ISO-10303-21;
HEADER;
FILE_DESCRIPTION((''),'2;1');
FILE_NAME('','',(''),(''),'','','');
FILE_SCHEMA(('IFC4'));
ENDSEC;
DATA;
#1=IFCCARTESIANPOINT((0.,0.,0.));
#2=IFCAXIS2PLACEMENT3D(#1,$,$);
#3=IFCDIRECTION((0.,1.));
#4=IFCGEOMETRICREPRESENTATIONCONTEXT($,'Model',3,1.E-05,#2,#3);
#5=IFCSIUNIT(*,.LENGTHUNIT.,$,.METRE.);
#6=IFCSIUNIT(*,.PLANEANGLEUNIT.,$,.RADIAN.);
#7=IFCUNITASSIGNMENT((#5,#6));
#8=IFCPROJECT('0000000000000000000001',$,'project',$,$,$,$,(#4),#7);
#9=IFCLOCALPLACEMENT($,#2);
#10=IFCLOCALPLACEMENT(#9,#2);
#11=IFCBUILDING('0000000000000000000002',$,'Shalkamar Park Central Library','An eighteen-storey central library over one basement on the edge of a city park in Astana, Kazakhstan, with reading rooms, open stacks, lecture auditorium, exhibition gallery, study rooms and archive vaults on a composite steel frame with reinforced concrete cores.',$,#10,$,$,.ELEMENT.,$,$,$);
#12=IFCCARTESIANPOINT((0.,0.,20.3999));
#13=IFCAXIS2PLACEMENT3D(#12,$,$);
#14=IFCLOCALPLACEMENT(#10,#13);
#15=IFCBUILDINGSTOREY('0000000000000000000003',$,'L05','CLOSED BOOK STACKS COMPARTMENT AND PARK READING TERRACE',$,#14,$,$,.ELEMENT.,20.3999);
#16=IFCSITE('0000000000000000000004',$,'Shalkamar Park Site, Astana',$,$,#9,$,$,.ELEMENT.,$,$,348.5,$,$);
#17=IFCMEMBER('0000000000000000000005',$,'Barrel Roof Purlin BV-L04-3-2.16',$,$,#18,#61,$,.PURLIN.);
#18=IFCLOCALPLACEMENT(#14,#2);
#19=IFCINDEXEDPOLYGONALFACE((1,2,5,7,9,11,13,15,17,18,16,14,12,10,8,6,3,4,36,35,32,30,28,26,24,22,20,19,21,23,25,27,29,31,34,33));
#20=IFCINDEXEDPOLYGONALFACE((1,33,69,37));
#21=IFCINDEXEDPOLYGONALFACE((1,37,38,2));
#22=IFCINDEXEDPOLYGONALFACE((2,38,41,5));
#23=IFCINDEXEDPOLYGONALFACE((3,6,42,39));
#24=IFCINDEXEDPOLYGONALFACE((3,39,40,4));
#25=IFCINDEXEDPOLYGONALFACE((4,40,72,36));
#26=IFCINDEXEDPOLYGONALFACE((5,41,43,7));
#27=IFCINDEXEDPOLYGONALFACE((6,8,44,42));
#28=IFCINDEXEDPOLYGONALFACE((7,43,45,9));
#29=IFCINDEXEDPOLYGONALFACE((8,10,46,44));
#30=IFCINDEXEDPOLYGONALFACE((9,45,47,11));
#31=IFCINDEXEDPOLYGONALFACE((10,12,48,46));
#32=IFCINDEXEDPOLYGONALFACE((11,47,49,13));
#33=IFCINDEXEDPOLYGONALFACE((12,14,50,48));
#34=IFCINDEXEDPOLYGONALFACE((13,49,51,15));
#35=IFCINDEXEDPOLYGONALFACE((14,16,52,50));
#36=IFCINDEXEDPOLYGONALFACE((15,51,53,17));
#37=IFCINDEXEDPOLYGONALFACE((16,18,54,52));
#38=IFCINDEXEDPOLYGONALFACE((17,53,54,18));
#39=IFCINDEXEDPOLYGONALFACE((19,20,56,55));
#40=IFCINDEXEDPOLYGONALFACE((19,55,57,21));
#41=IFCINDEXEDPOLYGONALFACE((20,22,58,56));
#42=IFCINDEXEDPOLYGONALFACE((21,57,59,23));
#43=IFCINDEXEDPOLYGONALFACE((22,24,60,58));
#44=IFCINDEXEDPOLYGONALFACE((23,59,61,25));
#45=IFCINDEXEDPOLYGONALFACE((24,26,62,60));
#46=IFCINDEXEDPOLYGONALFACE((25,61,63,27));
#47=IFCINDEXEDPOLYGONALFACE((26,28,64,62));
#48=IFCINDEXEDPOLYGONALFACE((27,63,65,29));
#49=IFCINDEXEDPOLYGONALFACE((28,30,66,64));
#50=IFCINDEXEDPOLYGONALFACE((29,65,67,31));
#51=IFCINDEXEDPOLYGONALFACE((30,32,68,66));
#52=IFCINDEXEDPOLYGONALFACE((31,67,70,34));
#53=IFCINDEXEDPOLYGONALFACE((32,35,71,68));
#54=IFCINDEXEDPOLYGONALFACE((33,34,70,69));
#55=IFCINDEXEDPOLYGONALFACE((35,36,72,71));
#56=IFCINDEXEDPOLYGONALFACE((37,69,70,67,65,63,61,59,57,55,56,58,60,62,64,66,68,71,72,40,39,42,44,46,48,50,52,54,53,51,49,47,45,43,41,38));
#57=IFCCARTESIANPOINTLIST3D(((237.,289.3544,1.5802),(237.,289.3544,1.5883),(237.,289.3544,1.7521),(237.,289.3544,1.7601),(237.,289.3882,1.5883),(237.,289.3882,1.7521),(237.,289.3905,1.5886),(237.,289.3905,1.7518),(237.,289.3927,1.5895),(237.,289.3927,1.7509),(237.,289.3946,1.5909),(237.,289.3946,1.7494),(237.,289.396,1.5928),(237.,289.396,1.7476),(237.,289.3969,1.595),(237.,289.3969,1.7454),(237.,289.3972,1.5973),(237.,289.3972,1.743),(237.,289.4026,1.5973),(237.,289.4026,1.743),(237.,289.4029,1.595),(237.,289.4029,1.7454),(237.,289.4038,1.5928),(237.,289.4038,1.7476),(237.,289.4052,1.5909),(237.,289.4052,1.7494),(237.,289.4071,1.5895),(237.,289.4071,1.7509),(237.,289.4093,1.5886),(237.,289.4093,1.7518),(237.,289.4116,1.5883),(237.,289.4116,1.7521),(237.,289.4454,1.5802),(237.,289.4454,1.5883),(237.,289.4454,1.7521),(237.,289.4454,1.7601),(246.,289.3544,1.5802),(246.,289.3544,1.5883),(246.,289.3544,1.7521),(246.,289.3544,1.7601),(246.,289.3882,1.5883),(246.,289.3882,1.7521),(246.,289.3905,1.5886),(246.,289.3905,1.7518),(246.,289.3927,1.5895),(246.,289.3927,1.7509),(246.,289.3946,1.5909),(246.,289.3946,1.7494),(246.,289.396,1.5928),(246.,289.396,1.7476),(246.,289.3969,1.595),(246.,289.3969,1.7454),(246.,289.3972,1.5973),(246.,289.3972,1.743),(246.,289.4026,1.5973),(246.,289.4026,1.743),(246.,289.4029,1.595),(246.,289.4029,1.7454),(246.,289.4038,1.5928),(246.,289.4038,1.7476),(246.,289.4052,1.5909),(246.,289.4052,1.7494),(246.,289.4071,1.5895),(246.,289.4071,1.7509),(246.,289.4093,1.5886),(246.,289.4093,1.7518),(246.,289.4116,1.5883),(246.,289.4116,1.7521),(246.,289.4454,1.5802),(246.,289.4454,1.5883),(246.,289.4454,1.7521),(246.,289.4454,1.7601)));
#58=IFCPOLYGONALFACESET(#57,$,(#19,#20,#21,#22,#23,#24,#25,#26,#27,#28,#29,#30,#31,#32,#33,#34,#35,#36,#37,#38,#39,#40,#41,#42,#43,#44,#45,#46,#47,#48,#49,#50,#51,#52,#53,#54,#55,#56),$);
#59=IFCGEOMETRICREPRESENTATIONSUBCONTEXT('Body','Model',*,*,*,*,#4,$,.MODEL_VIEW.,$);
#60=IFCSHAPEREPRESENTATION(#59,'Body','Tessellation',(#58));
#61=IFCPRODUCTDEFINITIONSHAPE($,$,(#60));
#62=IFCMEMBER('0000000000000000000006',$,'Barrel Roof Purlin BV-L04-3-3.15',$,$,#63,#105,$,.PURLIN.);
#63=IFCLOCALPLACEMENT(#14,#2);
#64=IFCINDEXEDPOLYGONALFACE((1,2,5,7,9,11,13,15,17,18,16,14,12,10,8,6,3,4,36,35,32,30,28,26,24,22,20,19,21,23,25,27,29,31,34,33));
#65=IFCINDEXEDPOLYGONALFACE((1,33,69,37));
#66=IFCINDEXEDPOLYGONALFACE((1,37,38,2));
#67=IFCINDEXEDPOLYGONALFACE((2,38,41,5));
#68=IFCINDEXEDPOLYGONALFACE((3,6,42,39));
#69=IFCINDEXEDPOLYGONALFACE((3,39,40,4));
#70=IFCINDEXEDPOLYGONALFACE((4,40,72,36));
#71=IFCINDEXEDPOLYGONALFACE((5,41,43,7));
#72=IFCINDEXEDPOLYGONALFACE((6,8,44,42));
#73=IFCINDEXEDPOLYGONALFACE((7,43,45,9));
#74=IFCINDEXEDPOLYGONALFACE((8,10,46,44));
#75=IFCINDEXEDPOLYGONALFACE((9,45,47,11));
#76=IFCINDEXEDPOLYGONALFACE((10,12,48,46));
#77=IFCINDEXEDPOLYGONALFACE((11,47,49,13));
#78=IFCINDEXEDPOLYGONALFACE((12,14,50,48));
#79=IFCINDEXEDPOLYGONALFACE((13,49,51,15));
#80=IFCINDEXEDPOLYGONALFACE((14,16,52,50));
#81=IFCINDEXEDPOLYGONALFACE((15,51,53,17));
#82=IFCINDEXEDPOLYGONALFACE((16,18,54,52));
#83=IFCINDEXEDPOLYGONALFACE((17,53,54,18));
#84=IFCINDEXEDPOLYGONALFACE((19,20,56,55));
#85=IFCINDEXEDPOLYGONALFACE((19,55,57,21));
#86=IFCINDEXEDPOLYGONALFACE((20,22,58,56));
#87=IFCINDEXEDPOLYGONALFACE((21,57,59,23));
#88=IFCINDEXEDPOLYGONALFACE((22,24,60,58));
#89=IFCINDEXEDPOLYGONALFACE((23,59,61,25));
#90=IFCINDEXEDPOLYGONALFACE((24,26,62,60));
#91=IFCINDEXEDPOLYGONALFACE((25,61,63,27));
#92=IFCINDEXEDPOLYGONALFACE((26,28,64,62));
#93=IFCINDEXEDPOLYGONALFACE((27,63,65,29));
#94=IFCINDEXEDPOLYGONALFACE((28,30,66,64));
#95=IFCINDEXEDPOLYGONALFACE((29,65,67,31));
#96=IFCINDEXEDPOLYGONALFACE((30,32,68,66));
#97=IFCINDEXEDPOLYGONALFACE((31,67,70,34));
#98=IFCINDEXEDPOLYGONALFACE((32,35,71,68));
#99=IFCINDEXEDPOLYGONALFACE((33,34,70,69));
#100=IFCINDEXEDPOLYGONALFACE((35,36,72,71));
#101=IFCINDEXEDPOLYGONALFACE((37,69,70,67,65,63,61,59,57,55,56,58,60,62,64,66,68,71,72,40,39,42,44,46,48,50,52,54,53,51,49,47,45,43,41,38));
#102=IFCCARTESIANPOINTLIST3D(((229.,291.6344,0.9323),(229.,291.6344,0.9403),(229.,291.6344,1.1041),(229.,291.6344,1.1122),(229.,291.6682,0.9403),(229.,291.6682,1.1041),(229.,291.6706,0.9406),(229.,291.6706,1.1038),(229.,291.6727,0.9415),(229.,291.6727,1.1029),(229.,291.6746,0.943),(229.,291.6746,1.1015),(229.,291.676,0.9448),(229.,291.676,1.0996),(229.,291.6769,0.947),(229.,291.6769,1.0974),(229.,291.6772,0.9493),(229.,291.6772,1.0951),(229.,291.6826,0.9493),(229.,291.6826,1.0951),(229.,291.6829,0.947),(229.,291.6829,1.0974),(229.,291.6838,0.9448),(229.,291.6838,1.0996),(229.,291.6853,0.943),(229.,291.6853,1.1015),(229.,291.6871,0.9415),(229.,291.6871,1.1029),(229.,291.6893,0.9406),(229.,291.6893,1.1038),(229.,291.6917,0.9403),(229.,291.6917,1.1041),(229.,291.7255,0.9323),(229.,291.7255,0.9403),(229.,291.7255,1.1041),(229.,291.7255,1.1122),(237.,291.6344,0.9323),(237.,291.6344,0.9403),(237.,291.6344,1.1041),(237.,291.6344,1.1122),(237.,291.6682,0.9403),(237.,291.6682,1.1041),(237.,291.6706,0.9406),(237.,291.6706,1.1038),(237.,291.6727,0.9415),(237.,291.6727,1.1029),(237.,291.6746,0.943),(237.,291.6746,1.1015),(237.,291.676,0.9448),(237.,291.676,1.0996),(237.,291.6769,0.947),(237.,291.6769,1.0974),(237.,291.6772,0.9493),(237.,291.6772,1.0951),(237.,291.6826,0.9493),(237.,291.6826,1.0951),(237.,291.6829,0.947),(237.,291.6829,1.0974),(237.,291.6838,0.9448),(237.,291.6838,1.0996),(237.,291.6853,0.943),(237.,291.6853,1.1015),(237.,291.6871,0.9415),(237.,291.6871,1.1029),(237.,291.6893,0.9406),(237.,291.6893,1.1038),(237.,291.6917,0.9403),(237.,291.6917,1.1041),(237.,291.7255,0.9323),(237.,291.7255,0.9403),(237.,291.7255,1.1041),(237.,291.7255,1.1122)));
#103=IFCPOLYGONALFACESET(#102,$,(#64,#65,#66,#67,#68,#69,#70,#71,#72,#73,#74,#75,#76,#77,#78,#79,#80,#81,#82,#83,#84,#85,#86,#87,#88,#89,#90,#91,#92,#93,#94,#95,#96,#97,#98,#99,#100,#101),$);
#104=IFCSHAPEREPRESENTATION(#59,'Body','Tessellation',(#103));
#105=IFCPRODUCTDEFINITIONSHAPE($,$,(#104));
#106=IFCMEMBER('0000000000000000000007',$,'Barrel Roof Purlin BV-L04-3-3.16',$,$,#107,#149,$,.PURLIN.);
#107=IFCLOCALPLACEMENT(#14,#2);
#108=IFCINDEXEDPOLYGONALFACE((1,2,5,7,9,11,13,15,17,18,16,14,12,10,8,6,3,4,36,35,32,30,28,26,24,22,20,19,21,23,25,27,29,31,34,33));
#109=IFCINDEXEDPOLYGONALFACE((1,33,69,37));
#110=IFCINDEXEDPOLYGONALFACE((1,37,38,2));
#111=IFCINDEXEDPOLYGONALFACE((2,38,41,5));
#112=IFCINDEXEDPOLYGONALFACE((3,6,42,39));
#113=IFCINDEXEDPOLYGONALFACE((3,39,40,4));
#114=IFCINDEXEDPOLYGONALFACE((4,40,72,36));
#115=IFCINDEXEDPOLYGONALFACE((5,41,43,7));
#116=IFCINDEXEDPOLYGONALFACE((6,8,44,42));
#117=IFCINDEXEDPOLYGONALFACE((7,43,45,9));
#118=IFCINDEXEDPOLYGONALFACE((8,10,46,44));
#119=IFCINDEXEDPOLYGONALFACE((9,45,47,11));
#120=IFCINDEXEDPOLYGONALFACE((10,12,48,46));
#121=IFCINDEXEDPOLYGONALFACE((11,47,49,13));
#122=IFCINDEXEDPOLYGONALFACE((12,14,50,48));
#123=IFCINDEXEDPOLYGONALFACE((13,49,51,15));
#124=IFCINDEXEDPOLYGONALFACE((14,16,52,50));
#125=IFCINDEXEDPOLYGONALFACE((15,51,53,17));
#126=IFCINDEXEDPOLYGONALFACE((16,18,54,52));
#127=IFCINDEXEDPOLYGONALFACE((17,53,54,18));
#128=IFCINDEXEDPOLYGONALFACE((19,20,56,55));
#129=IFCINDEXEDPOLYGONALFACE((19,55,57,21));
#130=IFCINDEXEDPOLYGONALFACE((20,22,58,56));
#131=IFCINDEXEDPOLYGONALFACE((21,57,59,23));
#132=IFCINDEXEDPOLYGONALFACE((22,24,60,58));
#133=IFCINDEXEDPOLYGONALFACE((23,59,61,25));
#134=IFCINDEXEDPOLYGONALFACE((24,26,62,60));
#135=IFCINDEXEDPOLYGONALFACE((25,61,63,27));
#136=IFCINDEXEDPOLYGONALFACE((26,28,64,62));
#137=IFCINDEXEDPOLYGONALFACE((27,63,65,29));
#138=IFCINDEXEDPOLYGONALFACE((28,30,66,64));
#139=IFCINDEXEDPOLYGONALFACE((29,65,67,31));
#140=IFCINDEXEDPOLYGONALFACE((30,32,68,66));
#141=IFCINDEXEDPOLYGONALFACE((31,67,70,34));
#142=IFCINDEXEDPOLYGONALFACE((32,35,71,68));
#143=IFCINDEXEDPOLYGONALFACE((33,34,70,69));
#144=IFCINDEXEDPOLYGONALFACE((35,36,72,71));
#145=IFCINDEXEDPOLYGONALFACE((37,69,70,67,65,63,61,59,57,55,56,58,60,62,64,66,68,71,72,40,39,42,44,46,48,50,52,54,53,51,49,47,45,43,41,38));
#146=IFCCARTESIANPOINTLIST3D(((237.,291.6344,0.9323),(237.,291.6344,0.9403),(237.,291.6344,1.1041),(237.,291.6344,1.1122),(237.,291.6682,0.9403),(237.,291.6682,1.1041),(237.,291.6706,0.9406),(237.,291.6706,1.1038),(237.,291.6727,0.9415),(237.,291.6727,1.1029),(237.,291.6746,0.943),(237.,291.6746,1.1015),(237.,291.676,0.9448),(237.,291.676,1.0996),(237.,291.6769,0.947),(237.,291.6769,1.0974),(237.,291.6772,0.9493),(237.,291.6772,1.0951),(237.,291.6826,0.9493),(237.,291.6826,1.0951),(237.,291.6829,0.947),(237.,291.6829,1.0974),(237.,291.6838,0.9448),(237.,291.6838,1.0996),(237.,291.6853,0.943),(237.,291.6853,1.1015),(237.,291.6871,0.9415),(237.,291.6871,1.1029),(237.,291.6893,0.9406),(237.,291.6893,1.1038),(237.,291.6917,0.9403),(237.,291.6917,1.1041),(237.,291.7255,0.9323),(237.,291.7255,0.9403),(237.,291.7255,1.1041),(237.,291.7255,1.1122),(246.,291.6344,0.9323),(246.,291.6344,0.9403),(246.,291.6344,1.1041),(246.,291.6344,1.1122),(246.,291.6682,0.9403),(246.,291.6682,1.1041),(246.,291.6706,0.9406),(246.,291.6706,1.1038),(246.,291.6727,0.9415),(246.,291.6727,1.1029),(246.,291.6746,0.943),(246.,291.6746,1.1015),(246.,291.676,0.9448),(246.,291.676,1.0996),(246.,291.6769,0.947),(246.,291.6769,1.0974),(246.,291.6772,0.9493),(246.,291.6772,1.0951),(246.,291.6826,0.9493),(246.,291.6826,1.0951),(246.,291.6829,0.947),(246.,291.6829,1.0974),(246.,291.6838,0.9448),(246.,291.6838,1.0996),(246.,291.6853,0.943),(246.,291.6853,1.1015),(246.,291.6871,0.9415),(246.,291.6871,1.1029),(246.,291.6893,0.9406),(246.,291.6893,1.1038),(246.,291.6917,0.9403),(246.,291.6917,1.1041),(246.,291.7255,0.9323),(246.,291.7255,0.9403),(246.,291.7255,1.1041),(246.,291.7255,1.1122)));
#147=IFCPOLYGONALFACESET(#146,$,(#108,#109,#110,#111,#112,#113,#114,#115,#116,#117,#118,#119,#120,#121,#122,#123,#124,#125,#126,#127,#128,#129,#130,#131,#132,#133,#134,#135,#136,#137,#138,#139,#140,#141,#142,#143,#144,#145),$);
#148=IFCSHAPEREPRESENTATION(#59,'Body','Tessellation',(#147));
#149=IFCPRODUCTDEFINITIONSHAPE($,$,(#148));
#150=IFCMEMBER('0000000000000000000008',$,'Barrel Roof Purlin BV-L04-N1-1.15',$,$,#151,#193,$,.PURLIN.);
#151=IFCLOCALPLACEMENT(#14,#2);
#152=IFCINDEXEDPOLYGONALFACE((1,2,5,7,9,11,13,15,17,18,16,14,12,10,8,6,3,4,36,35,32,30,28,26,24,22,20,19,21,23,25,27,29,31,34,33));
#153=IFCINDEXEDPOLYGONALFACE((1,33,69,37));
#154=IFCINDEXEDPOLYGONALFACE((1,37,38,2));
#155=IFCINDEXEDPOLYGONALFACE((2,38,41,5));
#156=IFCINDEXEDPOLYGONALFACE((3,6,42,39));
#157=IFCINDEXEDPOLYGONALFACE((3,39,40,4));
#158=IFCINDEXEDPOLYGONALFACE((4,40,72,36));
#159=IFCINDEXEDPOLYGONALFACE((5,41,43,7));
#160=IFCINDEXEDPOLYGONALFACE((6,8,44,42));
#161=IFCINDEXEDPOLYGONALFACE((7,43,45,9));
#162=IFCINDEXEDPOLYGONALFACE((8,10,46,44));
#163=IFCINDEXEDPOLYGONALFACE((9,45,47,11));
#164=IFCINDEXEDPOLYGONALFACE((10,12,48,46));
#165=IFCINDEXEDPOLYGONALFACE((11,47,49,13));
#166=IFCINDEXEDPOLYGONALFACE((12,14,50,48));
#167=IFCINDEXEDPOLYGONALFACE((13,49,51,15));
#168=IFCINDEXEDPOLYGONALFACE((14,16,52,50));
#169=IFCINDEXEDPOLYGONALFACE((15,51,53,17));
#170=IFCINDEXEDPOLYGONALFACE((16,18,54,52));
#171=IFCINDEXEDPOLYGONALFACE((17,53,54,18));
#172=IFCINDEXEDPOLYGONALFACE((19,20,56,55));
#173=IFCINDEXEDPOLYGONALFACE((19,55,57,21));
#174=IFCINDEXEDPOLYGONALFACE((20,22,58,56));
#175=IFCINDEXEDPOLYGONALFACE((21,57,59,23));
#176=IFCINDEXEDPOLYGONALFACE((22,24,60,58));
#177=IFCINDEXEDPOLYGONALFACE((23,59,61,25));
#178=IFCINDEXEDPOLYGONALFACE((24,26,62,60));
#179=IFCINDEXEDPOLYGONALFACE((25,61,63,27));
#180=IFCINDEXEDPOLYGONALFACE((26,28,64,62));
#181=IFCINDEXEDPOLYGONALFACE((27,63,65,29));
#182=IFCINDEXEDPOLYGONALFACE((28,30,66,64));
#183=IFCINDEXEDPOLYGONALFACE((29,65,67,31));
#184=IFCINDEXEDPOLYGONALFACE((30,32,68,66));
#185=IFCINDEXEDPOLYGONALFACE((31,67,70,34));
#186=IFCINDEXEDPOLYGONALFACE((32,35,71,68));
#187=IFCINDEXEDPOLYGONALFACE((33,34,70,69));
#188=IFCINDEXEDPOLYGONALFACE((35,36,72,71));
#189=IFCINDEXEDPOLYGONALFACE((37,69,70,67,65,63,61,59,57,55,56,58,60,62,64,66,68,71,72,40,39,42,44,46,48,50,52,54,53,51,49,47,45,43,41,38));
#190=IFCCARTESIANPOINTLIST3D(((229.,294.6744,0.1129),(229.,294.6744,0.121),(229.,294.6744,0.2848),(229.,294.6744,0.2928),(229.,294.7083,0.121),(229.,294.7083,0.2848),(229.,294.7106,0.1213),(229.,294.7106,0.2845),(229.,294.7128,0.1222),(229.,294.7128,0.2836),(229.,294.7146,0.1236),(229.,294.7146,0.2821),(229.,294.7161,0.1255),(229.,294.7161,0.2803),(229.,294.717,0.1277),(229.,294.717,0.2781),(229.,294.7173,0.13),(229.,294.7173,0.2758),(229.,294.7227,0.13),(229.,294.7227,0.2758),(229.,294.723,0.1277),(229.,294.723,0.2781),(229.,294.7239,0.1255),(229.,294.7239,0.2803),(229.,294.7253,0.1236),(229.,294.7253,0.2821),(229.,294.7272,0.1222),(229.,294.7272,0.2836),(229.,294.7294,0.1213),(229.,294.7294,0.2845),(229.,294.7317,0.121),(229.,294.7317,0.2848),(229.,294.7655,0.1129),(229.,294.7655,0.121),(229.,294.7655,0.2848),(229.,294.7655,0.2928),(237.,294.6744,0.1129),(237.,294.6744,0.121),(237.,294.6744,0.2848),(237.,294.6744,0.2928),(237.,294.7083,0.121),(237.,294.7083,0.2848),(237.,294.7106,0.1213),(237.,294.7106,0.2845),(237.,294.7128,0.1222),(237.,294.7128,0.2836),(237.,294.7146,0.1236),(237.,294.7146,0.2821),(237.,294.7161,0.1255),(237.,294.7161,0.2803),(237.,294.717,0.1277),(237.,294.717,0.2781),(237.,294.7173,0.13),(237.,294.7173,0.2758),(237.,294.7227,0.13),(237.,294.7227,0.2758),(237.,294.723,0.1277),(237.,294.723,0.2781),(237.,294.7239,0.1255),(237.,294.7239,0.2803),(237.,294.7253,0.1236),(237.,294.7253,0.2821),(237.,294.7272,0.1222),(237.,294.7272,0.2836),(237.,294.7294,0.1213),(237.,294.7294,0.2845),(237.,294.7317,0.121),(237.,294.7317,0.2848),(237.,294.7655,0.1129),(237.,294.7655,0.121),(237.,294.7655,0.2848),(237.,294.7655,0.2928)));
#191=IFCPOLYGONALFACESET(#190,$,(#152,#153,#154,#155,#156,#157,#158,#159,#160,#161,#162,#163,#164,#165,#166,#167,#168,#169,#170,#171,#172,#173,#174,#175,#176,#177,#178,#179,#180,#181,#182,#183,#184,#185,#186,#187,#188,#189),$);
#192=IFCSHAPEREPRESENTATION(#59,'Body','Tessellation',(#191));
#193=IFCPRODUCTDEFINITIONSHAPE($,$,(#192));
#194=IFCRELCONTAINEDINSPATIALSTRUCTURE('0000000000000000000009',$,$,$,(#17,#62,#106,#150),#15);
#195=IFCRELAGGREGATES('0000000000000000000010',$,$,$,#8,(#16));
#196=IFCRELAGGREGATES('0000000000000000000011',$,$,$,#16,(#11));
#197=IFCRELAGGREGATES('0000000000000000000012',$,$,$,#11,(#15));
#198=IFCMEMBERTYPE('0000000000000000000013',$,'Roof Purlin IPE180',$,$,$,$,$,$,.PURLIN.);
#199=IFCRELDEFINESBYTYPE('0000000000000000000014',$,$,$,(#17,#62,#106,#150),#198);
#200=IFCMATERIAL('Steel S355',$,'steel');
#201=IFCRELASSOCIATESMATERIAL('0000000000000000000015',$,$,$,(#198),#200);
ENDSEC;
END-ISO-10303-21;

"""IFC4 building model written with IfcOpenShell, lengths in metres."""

from ifc_helpers import new_model, si_unit, direction, frame, origin, origin_2d, place, context, subcontext, project, spatial, i_section, extrude, material, material_profile, profile_set, type_object, element, save


model = new_model("IFC4")

# Units and contexts
model_context = context("Model", 3, precision=1e-05, world=origin(), true_north=direction((0.0, 1.0)))
body_context = subcontext(model_context, "Body", "Model", "MODEL_VIEW")
ifc_project = project(units=[si_unit("LENGTHUNIT", "METRE"), si_unit("PLANEANGLEUNIT", "RADIAN")], contexts=[model_context])

# Site, building, storey
site_placement = place(None, origin())
site = spatial("IfcSite", under=ifc_project, at=site_placement, Name="Shalkamar Park Site, Astana", CompositionType="ELEMENT", RefElevation=348.5)
building_placement = place(site_placement, origin())
building = spatial("IfcBuilding", under=site, at=building_placement, Name="Shalkamar Park Central Library", Description="An eighteen-storey central library over one basement on the edge of a city park in Astana, Kazakhstan, with reading rooms, open stacks, lecture auditorium, exhibition gallery, study rooms and archive vaults on a composite steel frame with reinforced concrete cores.", CompositionType="ELEMENT")
storey_placement = place(building_placement, frame((0.0, 0.0, 20.3999)))
storey = spatial("IfcBuildingStorey", under=building, at=storey_placement, Name="L05", Description="CLOSED BOOK STACKS COMPARTMENT AND PARK READING TERRACE", CompositionType="ELEMENT", Elevation=20.3999)

# Members
ifc_material = material(Name="Steel S355", Category="steel")
ifc_material_profile_1 = material_profile(ifc_material, i_section(OverallWidth=0.0911, OverallDepth=0.1799, WebThickness=0.0054, FlangeThickness=0.0081, FilletRadius=0.009, at=origin_2d()), Name="IPE 180")
ifc_profile_set_1 = profile_set([ifc_material_profile_1], Name="Steel S355")
member_type_1 = type_object("IfcMemberType", Name="Roof Purlin IPE180", PredefinedType="PURLIN", material=ifc_profile_set_1)
for number, where, z_axis, x_axis, name in (
    (1, (237.0, 289.3999, 1.6702), (1.0, 0.0, 0.0), (0.0, 1.0, 0.0), "Barrel Roof Purlin BV-L04-3-2.16"),
):
    element("IfcMember", number, at=place(storey_placement, frame(where, z_axis=z_axis, x_axis=x_axis)), inside=storey, type_object=member_type_1, Name=name, PredefinedType="PURLIN", context=body_context, shape_type="SweptSolid", body=[
        extrude(i_section(OverallWidth=0.0911, OverallDepth=0.1799, WebThickness=0.0054, FlangeThickness=0.0081, FilletRadius=0.009, at=origin_2d()), origin(), (0.0, 0.0, 1.0), 9.0),
    ])
member_1_placement = place(storey_placement, frame((229.0, 291.6799, 1.0222), z_axis=(1.0, 0.0, 0.0), x_axis=(0.0, 1.0, 0.0)))
element("IfcMember", 2, at=member_1_placement, inside=storey, type_object=member_type_1, Name="Barrel Roof Purlin BV-L04-3-3.15", PredefinedType="PURLIN", context=body_context, shape_type="SweptSolid", body=[
    extrude(i_section(OverallWidth=0.0911, OverallDepth=0.1799, WebThickness=0.0054, FlangeThickness=0.0081, FilletRadius=0.009, at=origin_2d()), origin(), (0.0, 0.0, 1.0), 8.0),
])
member_2_placement = place(storey_placement, frame((237.0, 291.6799, 1.0222), z_axis=(1.0, 0.0, 0.0), x_axis=(0.0, 1.0, 0.0)))
element("IfcMember", 3, at=member_2_placement, inside=storey, type_object=member_type_1, Name="Barrel Roof Purlin BV-L04-3-3.16", PredefinedType="PURLIN", context=body_context, shape_type="SweptSolid", body=[
    extrude(i_section(OverallWidth=0.0911, OverallDepth=0.1799, WebThickness=0.0054, FlangeThickness=0.0081, FilletRadius=0.009, at=origin_2d()), origin(), (0.0, 0.0, 1.0), 9.0),
])
member_3_placement = place(storey_placement, frame((229.0, 294.72, 0.2029), z_axis=(1.0, 0.0, 0.0), x_axis=(0.0, 1.0, 0.0)))
element("IfcMember", 4, at=member_3_placement, inside=storey, type_object=member_type_1, Name="Barrel Roof Purlin BV-L04-N1-1.15", PredefinedType="PURLIN", context=body_context, shape_type="SweptSolid", body=[
    extrude(i_section(OverallWidth=0.0911, OverallDepth=0.1799, WebThickness=0.0054, FlangeThickness=0.0081, FilletRadius=0.009, at=origin_2d()), origin(), (0.0, 0.0, 1.0), 8.0),
])

save(model, "model.ifc")
